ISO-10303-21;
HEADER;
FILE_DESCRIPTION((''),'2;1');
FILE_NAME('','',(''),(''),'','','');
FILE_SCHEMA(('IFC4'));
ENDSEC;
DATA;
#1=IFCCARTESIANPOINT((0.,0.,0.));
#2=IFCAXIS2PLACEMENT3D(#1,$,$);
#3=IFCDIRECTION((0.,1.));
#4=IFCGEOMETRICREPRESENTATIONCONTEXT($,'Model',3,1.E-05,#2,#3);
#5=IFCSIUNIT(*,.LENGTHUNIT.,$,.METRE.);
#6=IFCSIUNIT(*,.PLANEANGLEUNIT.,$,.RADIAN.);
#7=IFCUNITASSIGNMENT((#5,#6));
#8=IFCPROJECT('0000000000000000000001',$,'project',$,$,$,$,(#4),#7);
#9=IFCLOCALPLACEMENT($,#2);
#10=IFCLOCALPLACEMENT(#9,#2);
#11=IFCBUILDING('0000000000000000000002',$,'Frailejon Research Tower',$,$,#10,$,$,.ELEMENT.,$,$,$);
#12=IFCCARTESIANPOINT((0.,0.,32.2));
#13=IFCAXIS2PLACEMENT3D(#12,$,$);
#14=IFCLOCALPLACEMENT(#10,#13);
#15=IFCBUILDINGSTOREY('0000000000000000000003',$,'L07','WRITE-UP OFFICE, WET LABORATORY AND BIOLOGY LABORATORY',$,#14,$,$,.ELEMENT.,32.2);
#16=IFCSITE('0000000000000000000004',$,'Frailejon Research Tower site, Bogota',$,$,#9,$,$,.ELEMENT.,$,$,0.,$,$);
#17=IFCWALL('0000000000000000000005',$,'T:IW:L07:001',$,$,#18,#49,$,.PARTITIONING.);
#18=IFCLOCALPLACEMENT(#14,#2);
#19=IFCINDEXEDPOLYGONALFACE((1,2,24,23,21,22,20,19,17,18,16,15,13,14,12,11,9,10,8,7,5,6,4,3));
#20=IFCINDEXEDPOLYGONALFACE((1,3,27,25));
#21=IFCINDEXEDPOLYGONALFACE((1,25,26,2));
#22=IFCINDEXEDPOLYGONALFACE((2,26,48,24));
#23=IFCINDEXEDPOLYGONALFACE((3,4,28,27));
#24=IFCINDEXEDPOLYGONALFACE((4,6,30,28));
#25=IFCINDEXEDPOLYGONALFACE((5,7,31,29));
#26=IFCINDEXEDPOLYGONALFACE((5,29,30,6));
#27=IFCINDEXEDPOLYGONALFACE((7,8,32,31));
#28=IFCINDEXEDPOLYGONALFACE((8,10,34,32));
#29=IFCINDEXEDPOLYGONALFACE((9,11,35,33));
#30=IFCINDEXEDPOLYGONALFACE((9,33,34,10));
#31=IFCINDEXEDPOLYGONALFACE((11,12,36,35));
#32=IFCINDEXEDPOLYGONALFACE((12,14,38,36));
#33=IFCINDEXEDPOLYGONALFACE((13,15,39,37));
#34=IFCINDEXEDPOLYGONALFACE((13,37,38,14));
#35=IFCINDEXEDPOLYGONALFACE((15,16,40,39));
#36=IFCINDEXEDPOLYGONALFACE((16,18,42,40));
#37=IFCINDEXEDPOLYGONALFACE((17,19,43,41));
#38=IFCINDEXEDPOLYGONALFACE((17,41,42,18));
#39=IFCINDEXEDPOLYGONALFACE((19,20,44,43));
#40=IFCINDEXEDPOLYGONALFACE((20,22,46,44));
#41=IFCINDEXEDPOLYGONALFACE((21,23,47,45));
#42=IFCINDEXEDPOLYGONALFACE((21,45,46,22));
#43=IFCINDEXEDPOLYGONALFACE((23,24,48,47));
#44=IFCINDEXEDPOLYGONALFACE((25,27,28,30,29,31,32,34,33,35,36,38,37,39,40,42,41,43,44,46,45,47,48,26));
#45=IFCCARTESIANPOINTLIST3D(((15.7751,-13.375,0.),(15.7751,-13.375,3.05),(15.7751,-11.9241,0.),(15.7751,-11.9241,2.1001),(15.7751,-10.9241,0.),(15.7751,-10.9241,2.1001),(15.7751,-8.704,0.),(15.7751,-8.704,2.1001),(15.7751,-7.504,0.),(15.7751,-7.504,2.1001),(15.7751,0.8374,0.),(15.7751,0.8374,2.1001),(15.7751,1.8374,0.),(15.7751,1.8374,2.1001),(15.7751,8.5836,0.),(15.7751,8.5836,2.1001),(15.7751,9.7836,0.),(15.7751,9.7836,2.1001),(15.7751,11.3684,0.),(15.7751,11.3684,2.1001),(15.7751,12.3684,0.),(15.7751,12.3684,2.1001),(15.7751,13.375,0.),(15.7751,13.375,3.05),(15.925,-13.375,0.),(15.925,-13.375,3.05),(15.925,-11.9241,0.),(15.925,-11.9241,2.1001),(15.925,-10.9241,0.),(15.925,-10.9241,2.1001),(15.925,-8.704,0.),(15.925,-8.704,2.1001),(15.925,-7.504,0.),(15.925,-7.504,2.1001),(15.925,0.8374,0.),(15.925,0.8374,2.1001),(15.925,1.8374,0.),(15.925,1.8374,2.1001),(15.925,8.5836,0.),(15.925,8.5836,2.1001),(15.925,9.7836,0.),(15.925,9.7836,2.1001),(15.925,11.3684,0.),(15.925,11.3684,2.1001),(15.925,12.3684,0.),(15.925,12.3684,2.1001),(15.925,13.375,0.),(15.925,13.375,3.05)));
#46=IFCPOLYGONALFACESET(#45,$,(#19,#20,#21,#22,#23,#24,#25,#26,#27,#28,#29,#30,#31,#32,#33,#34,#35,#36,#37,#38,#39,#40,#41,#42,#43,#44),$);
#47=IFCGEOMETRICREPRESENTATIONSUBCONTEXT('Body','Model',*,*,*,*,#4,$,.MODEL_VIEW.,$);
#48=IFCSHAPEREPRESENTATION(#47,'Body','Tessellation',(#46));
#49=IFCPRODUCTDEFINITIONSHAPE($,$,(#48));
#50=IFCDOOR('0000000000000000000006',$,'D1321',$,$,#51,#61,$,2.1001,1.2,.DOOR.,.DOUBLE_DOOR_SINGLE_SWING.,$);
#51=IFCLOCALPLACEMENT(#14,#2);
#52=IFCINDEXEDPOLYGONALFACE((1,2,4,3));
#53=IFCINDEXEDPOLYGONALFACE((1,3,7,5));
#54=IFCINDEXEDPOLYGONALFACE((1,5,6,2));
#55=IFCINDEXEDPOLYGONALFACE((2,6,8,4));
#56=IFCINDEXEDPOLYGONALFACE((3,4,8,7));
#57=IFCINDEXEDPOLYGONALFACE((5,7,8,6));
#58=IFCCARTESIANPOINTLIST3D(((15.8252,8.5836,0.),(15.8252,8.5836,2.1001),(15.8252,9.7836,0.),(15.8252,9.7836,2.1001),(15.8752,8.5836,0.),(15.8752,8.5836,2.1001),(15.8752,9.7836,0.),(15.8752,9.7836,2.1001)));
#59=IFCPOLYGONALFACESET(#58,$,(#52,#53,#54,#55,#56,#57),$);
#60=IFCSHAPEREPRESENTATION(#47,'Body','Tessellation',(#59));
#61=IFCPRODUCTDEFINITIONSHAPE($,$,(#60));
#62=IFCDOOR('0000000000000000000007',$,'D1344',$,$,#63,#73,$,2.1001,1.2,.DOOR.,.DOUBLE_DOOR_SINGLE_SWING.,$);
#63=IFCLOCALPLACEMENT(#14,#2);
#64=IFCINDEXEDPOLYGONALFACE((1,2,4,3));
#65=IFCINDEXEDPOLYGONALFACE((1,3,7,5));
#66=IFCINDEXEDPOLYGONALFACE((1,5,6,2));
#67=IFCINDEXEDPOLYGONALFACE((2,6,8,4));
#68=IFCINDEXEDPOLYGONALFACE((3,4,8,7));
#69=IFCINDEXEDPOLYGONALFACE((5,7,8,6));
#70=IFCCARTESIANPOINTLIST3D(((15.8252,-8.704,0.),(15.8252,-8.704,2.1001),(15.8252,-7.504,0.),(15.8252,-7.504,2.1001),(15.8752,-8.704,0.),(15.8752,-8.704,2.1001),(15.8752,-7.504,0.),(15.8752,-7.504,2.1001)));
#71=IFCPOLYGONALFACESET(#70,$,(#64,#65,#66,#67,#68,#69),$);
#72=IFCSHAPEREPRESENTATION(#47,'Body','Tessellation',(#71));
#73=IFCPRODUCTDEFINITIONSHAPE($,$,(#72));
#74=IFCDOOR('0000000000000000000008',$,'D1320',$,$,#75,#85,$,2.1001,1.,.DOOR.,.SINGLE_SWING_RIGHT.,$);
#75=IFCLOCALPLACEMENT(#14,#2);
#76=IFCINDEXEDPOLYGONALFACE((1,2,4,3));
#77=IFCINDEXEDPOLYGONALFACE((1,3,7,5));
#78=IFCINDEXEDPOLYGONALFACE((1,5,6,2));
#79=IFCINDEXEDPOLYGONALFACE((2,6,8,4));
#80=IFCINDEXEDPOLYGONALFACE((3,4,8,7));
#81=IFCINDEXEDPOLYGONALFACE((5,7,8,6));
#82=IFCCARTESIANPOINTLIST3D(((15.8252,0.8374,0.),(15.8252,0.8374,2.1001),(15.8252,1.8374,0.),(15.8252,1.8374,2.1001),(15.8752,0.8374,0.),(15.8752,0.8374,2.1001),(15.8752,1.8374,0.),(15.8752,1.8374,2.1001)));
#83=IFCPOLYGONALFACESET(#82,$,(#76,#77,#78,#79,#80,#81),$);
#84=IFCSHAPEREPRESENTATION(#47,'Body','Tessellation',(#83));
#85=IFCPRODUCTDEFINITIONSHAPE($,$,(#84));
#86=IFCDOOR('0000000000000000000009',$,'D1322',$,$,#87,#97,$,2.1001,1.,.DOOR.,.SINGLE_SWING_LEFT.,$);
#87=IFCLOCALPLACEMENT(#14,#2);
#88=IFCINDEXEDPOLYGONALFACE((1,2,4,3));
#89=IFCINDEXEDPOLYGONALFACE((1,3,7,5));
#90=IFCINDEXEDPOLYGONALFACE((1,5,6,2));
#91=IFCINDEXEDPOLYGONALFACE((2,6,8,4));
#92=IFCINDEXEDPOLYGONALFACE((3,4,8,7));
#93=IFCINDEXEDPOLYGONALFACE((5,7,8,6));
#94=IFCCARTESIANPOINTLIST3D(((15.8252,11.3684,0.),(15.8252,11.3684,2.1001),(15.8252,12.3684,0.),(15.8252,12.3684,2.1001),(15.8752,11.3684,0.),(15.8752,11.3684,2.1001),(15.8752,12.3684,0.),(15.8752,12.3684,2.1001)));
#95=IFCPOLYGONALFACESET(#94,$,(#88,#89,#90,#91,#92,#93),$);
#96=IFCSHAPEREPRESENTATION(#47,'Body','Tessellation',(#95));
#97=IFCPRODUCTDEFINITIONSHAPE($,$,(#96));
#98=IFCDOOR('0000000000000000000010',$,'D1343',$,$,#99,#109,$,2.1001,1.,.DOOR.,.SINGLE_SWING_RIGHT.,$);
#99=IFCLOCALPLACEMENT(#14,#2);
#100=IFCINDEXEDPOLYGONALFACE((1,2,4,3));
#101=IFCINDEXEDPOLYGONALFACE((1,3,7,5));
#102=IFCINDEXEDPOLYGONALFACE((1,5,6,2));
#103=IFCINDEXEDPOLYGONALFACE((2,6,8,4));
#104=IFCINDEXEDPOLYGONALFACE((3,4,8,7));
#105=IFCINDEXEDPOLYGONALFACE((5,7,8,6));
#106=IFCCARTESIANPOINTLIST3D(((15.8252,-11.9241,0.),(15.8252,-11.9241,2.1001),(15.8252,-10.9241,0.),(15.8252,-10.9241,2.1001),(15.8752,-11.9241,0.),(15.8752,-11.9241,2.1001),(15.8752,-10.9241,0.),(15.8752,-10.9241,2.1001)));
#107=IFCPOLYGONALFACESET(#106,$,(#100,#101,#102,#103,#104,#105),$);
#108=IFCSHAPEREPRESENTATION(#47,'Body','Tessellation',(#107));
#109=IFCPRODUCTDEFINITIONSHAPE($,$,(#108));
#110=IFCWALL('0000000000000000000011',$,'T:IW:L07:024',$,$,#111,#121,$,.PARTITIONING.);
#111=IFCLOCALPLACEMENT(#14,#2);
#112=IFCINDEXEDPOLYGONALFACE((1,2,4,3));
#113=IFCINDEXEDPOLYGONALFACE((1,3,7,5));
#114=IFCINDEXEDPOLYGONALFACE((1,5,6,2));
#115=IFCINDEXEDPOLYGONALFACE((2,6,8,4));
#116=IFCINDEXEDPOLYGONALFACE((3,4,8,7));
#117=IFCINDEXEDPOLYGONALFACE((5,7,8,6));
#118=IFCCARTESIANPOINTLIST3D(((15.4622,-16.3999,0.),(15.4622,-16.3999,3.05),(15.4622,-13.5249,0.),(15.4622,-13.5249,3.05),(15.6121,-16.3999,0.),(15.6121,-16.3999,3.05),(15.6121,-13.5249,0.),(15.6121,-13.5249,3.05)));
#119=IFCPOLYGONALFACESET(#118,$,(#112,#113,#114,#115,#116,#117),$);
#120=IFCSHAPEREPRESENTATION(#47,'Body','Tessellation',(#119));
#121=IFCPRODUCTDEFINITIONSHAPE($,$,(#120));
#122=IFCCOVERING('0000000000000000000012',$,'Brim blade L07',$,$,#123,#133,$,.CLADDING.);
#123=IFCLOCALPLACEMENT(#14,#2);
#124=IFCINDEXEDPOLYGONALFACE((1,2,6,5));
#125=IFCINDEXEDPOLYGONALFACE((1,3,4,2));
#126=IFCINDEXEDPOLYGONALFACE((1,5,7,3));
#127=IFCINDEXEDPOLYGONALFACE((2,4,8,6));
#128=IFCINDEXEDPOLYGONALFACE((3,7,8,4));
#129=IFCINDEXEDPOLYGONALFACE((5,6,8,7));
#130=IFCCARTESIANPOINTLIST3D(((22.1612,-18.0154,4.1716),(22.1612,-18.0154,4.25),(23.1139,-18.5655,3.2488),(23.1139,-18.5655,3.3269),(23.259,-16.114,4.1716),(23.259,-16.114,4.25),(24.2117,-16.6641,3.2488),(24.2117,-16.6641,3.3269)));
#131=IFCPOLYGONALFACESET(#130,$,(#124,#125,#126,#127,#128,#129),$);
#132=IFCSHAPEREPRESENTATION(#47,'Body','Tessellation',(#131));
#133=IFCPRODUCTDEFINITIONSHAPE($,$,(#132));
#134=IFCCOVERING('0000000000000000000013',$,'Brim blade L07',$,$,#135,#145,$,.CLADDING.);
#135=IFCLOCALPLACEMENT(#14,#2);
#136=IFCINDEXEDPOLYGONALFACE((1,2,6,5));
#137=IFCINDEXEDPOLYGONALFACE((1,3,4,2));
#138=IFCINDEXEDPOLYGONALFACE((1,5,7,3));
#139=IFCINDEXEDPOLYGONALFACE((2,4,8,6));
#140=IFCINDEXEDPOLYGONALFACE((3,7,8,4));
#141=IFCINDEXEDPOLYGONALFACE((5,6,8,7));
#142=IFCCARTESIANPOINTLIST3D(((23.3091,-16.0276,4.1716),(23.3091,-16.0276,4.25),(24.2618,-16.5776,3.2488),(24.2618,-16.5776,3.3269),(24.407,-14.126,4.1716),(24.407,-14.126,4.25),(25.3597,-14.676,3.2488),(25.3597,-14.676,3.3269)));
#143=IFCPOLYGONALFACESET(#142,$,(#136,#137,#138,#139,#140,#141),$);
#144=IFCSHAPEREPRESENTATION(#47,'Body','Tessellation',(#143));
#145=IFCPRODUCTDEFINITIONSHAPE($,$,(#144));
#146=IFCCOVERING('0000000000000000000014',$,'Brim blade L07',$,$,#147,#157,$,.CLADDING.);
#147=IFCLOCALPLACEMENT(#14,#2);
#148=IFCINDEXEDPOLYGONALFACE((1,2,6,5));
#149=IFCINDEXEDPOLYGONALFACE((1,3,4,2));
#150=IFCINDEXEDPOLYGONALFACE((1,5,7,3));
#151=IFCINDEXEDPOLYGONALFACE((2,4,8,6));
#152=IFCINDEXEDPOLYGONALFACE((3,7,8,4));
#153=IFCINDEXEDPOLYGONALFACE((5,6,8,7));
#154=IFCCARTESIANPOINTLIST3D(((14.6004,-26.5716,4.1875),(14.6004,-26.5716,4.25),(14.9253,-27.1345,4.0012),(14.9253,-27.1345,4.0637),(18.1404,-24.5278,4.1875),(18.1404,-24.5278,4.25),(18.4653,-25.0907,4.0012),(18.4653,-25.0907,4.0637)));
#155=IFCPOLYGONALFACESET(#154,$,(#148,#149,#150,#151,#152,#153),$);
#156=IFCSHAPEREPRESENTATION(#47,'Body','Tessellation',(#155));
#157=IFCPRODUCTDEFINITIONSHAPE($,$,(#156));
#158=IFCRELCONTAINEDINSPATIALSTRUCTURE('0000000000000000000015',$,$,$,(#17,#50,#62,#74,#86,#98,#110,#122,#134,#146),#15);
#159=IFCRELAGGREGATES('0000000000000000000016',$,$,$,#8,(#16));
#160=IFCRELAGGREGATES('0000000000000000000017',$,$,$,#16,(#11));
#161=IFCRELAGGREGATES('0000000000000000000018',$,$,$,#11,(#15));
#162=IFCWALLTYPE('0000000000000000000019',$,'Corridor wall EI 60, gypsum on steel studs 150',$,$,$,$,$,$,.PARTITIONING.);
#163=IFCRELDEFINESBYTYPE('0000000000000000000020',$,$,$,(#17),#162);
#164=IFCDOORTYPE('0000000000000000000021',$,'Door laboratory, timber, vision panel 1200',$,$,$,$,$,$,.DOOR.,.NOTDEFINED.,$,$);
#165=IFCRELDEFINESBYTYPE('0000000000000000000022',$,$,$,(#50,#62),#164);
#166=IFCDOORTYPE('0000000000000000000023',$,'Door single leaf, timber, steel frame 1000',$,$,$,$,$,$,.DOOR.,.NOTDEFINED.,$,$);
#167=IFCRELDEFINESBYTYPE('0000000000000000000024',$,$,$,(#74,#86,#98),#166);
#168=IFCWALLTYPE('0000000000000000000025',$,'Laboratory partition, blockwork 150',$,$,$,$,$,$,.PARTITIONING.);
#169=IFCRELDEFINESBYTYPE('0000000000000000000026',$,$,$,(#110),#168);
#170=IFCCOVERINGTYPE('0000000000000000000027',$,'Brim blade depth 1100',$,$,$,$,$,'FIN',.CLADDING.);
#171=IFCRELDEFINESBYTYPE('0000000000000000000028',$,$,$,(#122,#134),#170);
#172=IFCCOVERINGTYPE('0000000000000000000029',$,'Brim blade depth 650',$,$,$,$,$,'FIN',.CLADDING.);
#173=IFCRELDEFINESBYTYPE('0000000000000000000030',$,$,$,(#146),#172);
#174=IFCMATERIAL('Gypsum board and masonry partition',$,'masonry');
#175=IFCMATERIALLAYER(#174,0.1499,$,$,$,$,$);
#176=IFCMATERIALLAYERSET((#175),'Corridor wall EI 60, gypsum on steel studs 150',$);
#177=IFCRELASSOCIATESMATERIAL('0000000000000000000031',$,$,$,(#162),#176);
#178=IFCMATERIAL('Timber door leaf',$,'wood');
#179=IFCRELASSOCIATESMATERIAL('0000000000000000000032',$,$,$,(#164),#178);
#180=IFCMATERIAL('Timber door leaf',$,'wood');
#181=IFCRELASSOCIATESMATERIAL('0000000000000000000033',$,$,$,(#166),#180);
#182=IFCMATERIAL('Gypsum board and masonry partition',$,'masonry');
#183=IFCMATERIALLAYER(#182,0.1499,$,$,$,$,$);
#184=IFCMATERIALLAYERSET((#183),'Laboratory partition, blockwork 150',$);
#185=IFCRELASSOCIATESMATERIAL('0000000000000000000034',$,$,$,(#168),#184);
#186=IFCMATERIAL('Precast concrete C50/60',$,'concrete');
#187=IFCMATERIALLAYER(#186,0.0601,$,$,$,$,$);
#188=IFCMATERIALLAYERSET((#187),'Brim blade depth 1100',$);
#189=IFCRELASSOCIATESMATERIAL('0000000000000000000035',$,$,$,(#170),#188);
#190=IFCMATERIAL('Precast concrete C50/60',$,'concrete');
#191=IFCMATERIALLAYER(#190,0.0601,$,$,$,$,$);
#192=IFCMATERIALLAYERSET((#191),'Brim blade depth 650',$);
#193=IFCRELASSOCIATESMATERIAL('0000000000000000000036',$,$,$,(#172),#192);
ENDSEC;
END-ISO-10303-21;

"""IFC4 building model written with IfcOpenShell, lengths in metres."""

from ifc_helpers import new_model, si_unit, direction, frame, frame_2d, origin, place, context, subcontext, project, spatial, polyline, rectangle, outline, extrude, material, layer, layer_set, type_object, element, fill, save


model = new_model("IFC4")

# Units and contexts
model_context = context("Model", 3, precision=1e-05, world=origin(), true_north=direction((0.0, 1.0)))
body_context = subcontext(model_context, "Body", "Model", "MODEL_VIEW")
ifc_project = project(units=[si_unit("LENGTHUNIT", "METRE"), si_unit("PLANEANGLEUNIT", "RADIAN")], contexts=[model_context])

# Site, building, storey
site_placement = place(None, origin())
site = spatial("IfcSite", under=ifc_project, at=site_placement, Name="Frailejon Research Tower site, Bogota", CompositionType="ELEMENT", RefElevation=0.0)
building_placement = place(site_placement, origin())
building = spatial("IfcBuilding", under=site, at=building_placement, Name="Frailejon Research Tower", CompositionType="ELEMENT")
storey_placement = place(building_placement, frame((0.0, 0.0, 32.2)))
storey = spatial("IfcBuildingStorey", under=building, at=storey_placement, Name="L07", Description="WRITE-UP OFFICE, WET LABORATORY AND BIOLOGY LABORATORY", CompositionType="ELEMENT", Elevation=32.2)

# Wall, openings, doors
ifc_material_1 = material(Name="Gypsum board and masonry partition", Category="masonry")
ifc_layer_1 = layer(ifc_material_1, 0.1499)
ifc_layer_set_1 = layer_set([ifc_layer_1], Name="Corridor wall EI 60, gypsum on steel studs 150")
wall_type_1 = type_object("IfcWallType", Name="Corridor wall EI 60, gypsum on steel studs 150", PredefinedType="PARTITIONING", material=ifc_layer_set_1)
wall_1_placement = place(storey_placement, frame((15.8501, -13.375, 0.0), z_axis=(0.0, 0.0, 1.0), x_axis=(0.0, 1.0, 0.0)))
wall_1 = element("IfcWall", 1, at=wall_1_placement, inside=storey, type_object=wall_type_1, Name="T:IW:L07:001", PredefinedType="PARTITIONING", context=body_context, shape_type="SweptSolid", body=[
    extrude(rectangle(XDim=26.75, YDim=0.1499, at=frame_2d((13.375, 0.0))), origin(), (0.0, 0.0, 1.0), 3.05),
])
opening_1_placement = place(wall_1_placement, frame((14.2124, 0.0, 0.0)))
opening_1 = element("IfcOpeningElement", 2, at=opening_1_placement, cuts=wall_1, PredefinedType="OPENING", context=body_context, shape_type="SweptSolid", body=[
    extrude(rectangle(XDim=1.0, YDim=2.1001, at=frame_2d((0.5, 1.05))), frame((0.0, 0.085, 0.0), z_axis=(0.0, -1.0, 0.0), x_axis=(1.0, 0.0, 0.0)), (0.0, 0.0, 1.0), 0.1699),
])
opening_2_placement = place(wall_1_placement, frame((21.9585, 0.0, 0.0)))
opening_2 = element("IfcOpeningElement", 3, at=opening_2_placement, cuts=wall_1, PredefinedType="OPENING", context=body_context, shape_type="SweptSolid", body=[
    extrude(rectangle(XDim=1.2, YDim=2.1001, at=frame_2d((0.6001, 1.05))), frame((0.0, 0.085, 0.0), z_axis=(0.0, -1.0, 0.0), x_axis=(1.0, 0.0, 0.0)), (0.0, 0.0, 1.0), 0.1699),
])
opening_3_placement = place(wall_1_placement, frame((24.7434, 0.0, 0.0)))
opening_3 = element("IfcOpeningElement", 4, at=opening_3_placement, cuts=wall_1, PredefinedType="OPENING", context=body_context, shape_type="SweptSolid", body=[
    extrude(rectangle(XDim=1.0, YDim=2.1001, at=frame_2d((0.5, 1.05))), frame((0.0, 0.085, 0.0), z_axis=(0.0, -1.0, 0.0), x_axis=(1.0, 0.0, 0.0)), (0.0, 0.0, 1.0), 0.1699),
])
opening_4_placement = place(wall_1_placement, frame((1.4509, 0.0, 0.0)))
opening_4 = element("IfcOpeningElement", 5, at=opening_4_placement, cuts=wall_1, PredefinedType="OPENING", context=body_context, shape_type="SweptSolid", body=[
    extrude(rectangle(XDim=1.0, YDim=2.1001, at=frame_2d((0.5, 1.05))), frame((0.0, 0.085, 0.0), z_axis=(0.0, -1.0, 0.0), x_axis=(1.0, 0.0, 0.0)), (0.0, 0.0, 1.0), 0.1699),
])
opening_5_placement = place(wall_1_placement, frame((4.6709, 0.0, 0.0)))
opening_5 = element("IfcOpeningElement", 6, at=opening_5_placement, cuts=wall_1, PredefinedType="OPENING", context=body_context, shape_type="SweptSolid", body=[
    extrude(rectangle(XDim=1.2, YDim=2.1001, at=frame_2d((0.6001, 1.05))), frame((0.0, 0.085, 0.0), z_axis=(0.0, -1.0, 0.0), x_axis=(1.0, 0.0, 0.0)), (0.0, 0.0, 1.0), 0.1699),
])
ifc_material_2 = material(Name="Timber door leaf", Category="wood")
door_type_1 = type_object("IfcDoorType", Name="Door laboratory, timber, vision panel 1200", OperationType="NOTDEFINED", PredefinedType="DOOR", material=ifc_material_2)
door_1_placement = place(opening_2_placement, origin())
door_1 = element("IfcDoor", 7, at=door_1_placement, inside=storey, type_object=door_type_1, Name="D1321", OperationType="DOUBLE_DOOR_SINGLE_SWING", OverallHeight=2.1001, OverallWidth=1.2, PredefinedType="DOOR", context=body_context, shape_type="SweptSolid", body=[
    extrude(rectangle(XDim=1.2, YDim=2.1001, at=frame_2d((0.6001, 1.05))), frame((0.0, 0.0249, 0.0), z_axis=(0.0, -1.0, 0.0), x_axis=(1.0, 0.0, 0.0)), (0.0, 0.0, 1.0), 0.05),
])
fill(opening_2, door_1)
door_2_placement = place(opening_5_placement, origin())
door_2 = element("IfcDoor", 8, at=door_2_placement, inside=storey, type_object=door_type_1, Name="D1344", OperationType="DOUBLE_DOOR_SINGLE_SWING", OverallHeight=2.1001, OverallWidth=1.2, PredefinedType="DOOR", context=body_context, shape_type="SweptSolid", body=[
    extrude(rectangle(XDim=1.2, YDim=2.1001, at=frame_2d((0.6001, 1.05))), frame((0.0, 0.0249, 0.0), z_axis=(0.0, -1.0, 0.0), x_axis=(1.0, 0.0, 0.0)), (0.0, 0.0, 1.0), 0.05),
])
fill(opening_5, door_2)
ifc_material_3 = material(Name="Timber door leaf", Category="wood")
door_type_2 = type_object("IfcDoorType", Name="Door single leaf, timber, steel frame 1000", OperationType="NOTDEFINED", PredefinedType="DOOR", material=ifc_material_3)
door_3_placement = place(opening_1_placement, origin())
door_3 = element("IfcDoor", 9, at=door_3_placement, inside=storey, type_object=door_type_2, Name="D1320", OperationType="SINGLE_SWING_RIGHT", OverallHeight=2.1001, OverallWidth=1.0, PredefinedType="DOOR", context=body_context, shape_type="SweptSolid", body=[
    extrude(rectangle(XDim=1.0, YDim=2.1001, at=frame_2d((0.5, 1.05))), frame((0.0, 0.0249, 0.0), z_axis=(0.0, -1.0, 0.0), x_axis=(1.0, 0.0, 0.0)), (0.0, 0.0, 1.0), 0.05),
])
fill(opening_1, door_3)
door_4_placement = place(opening_3_placement, origin())
door_4 = element("IfcDoor", 10, at=door_4_placement, inside=storey, type_object=door_type_2, Name="D1322", OperationType="SINGLE_SWING_LEFT", OverallHeight=2.1001, OverallWidth=1.0, PredefinedType="DOOR", context=body_context, shape_type="SweptSolid", body=[
    extrude(rectangle(XDim=1.0, YDim=2.1001, at=frame_2d((0.5, 1.05))), frame((0.0, 0.0249, 0.0), z_axis=(0.0, -1.0, 0.0), x_axis=(1.0, 0.0, 0.0)), (0.0, 0.0, 1.0), 0.05),
])
fill(opening_3, door_4)
door_5_placement = place(opening_4_placement, origin())
door_5 = element("IfcDoor", 11, at=door_5_placement, inside=storey, type_object=door_type_2, Name="D1343", OperationType="SINGLE_SWING_RIGHT", OverallHeight=2.1001, OverallWidth=1.0, PredefinedType="DOOR", context=body_context, shape_type="SweptSolid", body=[
    extrude(rectangle(XDim=1.0, YDim=2.1001, at=frame_2d((0.5, 1.05))), frame((0.0, 0.0249, 0.0), z_axis=(0.0, -1.0, 0.0), x_axis=(1.0, 0.0, 0.0)), (0.0, 0.0, 1.0), 0.05),
])
fill(opening_4, door_5)

# Wall
ifc_material_4 = material(Name="Gypsum board and masonry partition", Category="masonry")
ifc_layer_2 = layer(ifc_material_4, 0.1499)
ifc_layer_set_2 = layer_set([ifc_layer_2], Name="Laboratory partition, blockwork 150")
wall_type_2 = type_object("IfcWallType", Name="Laboratory partition, blockwork 150", PredefinedType="PARTITIONING", material=ifc_layer_set_2)
wall_2_placement = place(storey_placement, frame((15.5371, -16.3999, 0.0), z_axis=(0.0, 0.0, 1.0), x_axis=(0.0, 1.0, 0.0)))
element("IfcWall", 12, at=wall_2_placement, inside=storey, type_object=wall_type_2, Name="T:IW:L07:024", PredefinedType="PARTITIONING", context=body_context, shape_type="SweptSolid", body=[
    extrude(rectangle(XDim=2.875, YDim=0.1499, at=frame_2d((1.4375, 0.0))), origin(), (0.0, 0.0, 1.0), 3.05),
])

# Coverings
ifc_material_5 = material(Name="Precast concrete C50/60", Category="concrete")
ifc_layer_3 = layer(ifc_material_5, 0.0601)
ifc_layer_set_3 = layer_set([ifc_layer_3], Name="Brim blade depth 1100")
covering_type_1 = type_object("IfcCoveringType", Name="Brim blade depth 1100", ElementType="FIN", PredefinedType="CLADDING", material=ifc_layer_set_3)
covering_1_placement = place(storey_placement, frame((23.259, -16.114, 4.25), z_axis=(-0.500012, -0.866018, 0.0), x_axis=(0.866018, -0.500012, 0.0)))
element("IfcCovering", 13, at=covering_1_placement, inside=storey, type_object=covering_type_1, Name="Brim blade L07", PredefinedType="CLADDING", context=body_context, shape_type="SweptSolid", body=[
    extrude(outline(polyline([(0.0, -0.0784), (1.1001, -1.0012), (1.1001, -0.9231), (0.0, 0.0), (0.0, -0.0784)])), origin(), (0.0, 0.0, 1.0), 2.1956),
])
covering_2_placement = place(storey_placement, frame((24.407, -14.126, 4.25), z_axis=(-0.499986, -0.866033, 0.0), x_axis=(0.866033, -0.499986, 0.0)))
element("IfcCovering", 14, at=covering_2_placement, inside=storey, type_object=covering_type_1, Name="Brim blade L07", PredefinedType="CLADDING", context=body_context, shape_type="SweptSolid", body=[
    extrude(outline(polyline([(0.0, -0.0784), (1.1001, -1.0012), (1.1001, -0.9231), (0.0, 0.0), (0.0, -0.0784)])), origin(), (0.0, 0.0, 1.0), 2.1958),
])
ifc_material_6 = material(Name="Precast concrete C50/60", Category="concrete")
ifc_layer_4 = layer(ifc_material_6, 0.0601)
ifc_layer_set_4 = layer_set([ifc_layer_4], Name="Brim blade depth 650")
covering_type_2 = type_object("IfcCoveringType", Name="Brim blade depth 650", ElementType="FIN", PredefinedType="CLADDING", material=ifc_layer_set_4)
covering_3_placement = place(storey_placement, frame((18.1404, -24.5278, 4.25), z_axis=(-0.866027, -0.499997, 0.0), x_axis=(0.499997, -0.866027, 0.0)))
element("IfcCovering", 15, at=covering_3_placement, inside=storey, type_object=covering_type_2, Name="Brim blade L07", PredefinedType="CLADDING", context=body_context, shape_type="SweptSolid", body=[
    extrude(outline(polyline([(0.0, -0.0625), (0.6499, -0.2488), (0.6499, -0.1863), (0.0, 0.0), (0.0, -0.0625)])), origin(), (0.0, 0.0, 1.0), 4.0876),
])

save(model, "model.ifc")
